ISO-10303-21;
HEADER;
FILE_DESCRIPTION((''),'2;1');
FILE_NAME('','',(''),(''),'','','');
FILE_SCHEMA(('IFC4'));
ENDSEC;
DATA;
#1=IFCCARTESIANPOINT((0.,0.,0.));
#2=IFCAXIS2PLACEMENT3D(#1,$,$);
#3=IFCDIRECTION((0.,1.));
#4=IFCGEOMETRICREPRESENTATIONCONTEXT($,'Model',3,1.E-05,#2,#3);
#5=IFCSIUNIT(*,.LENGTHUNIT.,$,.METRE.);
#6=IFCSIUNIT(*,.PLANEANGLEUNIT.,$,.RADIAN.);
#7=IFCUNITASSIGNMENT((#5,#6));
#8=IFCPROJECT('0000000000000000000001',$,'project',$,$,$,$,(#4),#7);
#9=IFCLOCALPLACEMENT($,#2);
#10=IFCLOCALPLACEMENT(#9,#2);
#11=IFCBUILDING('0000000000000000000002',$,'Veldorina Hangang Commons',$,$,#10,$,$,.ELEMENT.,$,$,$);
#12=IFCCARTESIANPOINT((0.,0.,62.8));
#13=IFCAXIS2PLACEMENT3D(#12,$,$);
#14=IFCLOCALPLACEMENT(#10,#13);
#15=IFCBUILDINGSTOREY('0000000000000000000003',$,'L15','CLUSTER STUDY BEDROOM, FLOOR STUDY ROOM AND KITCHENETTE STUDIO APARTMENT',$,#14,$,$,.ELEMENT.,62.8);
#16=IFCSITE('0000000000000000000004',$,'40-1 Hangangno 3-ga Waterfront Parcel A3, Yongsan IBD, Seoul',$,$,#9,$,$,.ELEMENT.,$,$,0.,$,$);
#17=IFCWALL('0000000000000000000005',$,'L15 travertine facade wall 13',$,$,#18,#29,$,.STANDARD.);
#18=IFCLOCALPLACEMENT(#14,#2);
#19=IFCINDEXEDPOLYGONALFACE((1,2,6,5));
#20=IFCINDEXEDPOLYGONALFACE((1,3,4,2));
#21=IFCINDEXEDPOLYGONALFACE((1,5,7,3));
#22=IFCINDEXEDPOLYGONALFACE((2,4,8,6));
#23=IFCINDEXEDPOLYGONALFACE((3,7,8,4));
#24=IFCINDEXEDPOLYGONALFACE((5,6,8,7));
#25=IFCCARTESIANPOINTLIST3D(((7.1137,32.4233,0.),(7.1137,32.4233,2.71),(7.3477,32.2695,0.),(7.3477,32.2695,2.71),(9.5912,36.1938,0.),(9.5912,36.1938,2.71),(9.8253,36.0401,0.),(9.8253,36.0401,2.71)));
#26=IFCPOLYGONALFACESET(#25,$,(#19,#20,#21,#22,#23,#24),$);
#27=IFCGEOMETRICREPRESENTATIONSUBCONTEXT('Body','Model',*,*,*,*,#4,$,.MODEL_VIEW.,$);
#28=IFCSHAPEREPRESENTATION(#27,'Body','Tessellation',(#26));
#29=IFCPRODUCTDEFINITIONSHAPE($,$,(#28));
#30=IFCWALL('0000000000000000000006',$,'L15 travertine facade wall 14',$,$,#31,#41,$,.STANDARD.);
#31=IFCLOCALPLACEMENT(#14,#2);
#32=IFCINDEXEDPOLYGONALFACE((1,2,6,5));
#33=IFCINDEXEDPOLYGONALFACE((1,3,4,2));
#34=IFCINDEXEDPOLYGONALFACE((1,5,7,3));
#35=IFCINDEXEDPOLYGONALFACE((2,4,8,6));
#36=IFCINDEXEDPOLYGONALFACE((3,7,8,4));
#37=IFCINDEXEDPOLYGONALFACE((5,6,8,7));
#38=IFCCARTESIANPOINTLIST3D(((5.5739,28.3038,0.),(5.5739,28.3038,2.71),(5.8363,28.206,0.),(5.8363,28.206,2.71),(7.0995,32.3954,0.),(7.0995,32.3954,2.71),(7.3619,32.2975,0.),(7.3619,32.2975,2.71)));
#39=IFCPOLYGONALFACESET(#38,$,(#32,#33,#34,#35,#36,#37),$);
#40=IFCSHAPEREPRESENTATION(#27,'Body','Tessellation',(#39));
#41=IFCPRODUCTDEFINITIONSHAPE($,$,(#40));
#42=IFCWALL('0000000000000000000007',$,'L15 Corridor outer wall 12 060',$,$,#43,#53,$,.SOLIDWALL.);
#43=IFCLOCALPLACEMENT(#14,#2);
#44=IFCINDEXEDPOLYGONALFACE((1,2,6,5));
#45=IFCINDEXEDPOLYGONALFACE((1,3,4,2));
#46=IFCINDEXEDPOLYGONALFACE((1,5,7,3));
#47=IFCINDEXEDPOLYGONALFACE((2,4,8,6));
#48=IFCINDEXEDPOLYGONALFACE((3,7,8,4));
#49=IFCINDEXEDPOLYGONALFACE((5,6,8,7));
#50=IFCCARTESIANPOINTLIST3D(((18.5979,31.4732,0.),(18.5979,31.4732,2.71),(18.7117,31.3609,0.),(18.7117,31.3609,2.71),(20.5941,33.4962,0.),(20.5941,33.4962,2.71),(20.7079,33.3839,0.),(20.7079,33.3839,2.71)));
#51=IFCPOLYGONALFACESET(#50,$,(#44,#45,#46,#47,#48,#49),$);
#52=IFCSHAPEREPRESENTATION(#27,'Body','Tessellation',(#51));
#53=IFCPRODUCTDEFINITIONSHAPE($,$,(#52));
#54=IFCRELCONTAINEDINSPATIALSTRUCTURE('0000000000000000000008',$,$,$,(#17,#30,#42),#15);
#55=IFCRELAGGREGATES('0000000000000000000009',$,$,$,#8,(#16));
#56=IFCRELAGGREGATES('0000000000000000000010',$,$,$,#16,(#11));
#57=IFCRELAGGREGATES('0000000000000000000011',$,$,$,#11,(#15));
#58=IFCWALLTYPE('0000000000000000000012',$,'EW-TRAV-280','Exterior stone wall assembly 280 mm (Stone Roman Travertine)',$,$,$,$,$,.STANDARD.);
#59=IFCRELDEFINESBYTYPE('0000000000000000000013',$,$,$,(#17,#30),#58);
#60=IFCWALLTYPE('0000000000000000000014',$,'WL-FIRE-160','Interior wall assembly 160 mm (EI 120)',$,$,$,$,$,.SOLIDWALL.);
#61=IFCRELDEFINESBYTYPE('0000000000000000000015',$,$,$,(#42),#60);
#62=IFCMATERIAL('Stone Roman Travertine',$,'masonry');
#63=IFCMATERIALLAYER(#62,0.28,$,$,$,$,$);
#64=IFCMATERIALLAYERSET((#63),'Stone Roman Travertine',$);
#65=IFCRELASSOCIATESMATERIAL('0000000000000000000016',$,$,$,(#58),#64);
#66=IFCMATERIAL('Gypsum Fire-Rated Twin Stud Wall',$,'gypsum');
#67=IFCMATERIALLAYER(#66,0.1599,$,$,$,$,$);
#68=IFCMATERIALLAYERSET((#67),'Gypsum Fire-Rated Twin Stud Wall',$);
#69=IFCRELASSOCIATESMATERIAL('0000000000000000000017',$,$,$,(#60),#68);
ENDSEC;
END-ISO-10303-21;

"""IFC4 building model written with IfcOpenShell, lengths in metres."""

from ifc_helpers import new_model, si_unit, direction, frame, frame_2d, origin, place, context, subcontext, project, spatial, rectangle, extrude, material, layer, layer_set, type_object, element, save


model = new_model("IFC4")

# Units and contexts
model_context = context("Model", 3, precision=1e-05, world=origin(), true_north=direction((0.0, 1.0)))
body_context = subcontext(model_context, "Body", "Model", "MODEL_VIEW")
ifc_project = project(units=[si_unit("LENGTHUNIT", "METRE"), si_unit("PLANEANGLEUNIT", "RADIAN")], contexts=[model_context])

# Site, building, storey
site_placement = place(None, origin())
site = spatial("IfcSite", under=ifc_project, at=site_placement, Name="40-1 Hangangno 3-ga Waterfront Parcel A3, Yongsan IBD, Seoul", CompositionType="ELEMENT", RefElevation=0.0)
building_placement = place(site_placement, origin())
building = spatial("IfcBuilding", under=site, at=building_placement, Name="Veldorina Hangang Commons", CompositionType="ELEMENT")
storey_placement = place(building_placement, frame((0.0, 0.0, 62.8)))
storey = spatial("IfcBuildingStorey", under=building, at=storey_placement, Name="L15", Description="CLUSTER STUDY BEDROOM, FLOOR STUDY ROOM AND KITCHENETTE STUDIO APARTMENT", CompositionType="ELEMENT", Elevation=62.8)

# Shared definitions
ifc_material_1 = material(Name="Stone Roman Travertine", Category="masonry")
ifc_layer_1 = layer(ifc_material_1, 0.28)
ifc_layer_set_1 = layer_set([ifc_layer_1], Name="Stone Roman Travertine")
wall_type_1 = type_object("IfcWallType", Name="EW-TRAV-280", Description="Exterior stone wall assembly 280 mm (Stone Roman Travertine)", PredefinedType="STANDARD", material=ifc_layer_set_1)

# Walls
wall_1_placement = place(storey_placement, frame((9.7083, 36.1169, 0.0), z_axis=(0.0, 0.0, 1.0), x_axis=(-0.549143, -0.835728, 0.0)))
element("IfcWall", 1, at=wall_1_placement, inside=storey, type_object=wall_type_1, Name="L15 travertine facade wall 13", PredefinedType="STANDARD", context=body_context, shape_type="SweptSolid", body=[
    extrude(rectangle(XDim=4.5117, YDim=0.28, at=frame_2d((2.2559, 0.0))), origin(), (0.0, 0.0, 1.0), 2.71),
])
wall_2_placement = place(storey_placement, frame((7.2307, 32.3464, 0.0), z_axis=(0.0, 0.0, 1.0), x_axis=(-0.349377, -0.936982, 0.0)))
element("IfcWall", 2, at=wall_2_placement, inside=storey, type_object=wall_type_1, Name="L15 travertine facade wall 14", PredefinedType="STANDARD", context=body_context, shape_type="SweptSolid", body=[
    extrude(rectangle(XDim=4.3667, YDim=0.28, at=frame_2d((2.1833, 0.0))), origin(), (0.0, 0.0, 1.0), 2.71),
])
ifc_material_2 = material(Name="Gypsum Fire-Rated Twin Stud Wall", Category="gypsum")
ifc_layer_2 = layer(ifc_material_2, 0.1599)
ifc_layer_set_2 = layer_set([ifc_layer_2], Name="Gypsum Fire-Rated Twin Stud Wall")
wall_type_2 = type_object("IfcWallType", Name="WL-FIRE-160", Description="Interior wall assembly 160 mm (EI 120)", PredefinedType="SOLIDWALL", material=ifc_layer_set_2)
wall_3_placement = place(storey_placement, frame((20.6509, 33.4399, 0.0), z_axis=(0.0, 0.0, 1.0), x_axis=(-0.702366, -0.711816, 0.0)))
element("IfcWall", 3, at=wall_3_placement, inside=storey, type_object=wall_type_2, Name="L15 Corridor outer wall 12 060", PredefinedType="SOLIDWALL", context=body_context, shape_type="SweptSolid", body=[
    extrude(rectangle(XDim=2.842, YDim=0.1599, at=frame_2d((1.4209, 0.0))), origin(), (0.0, 0.0, 1.0), 2.71),
])

save(model, "model.ifc")
